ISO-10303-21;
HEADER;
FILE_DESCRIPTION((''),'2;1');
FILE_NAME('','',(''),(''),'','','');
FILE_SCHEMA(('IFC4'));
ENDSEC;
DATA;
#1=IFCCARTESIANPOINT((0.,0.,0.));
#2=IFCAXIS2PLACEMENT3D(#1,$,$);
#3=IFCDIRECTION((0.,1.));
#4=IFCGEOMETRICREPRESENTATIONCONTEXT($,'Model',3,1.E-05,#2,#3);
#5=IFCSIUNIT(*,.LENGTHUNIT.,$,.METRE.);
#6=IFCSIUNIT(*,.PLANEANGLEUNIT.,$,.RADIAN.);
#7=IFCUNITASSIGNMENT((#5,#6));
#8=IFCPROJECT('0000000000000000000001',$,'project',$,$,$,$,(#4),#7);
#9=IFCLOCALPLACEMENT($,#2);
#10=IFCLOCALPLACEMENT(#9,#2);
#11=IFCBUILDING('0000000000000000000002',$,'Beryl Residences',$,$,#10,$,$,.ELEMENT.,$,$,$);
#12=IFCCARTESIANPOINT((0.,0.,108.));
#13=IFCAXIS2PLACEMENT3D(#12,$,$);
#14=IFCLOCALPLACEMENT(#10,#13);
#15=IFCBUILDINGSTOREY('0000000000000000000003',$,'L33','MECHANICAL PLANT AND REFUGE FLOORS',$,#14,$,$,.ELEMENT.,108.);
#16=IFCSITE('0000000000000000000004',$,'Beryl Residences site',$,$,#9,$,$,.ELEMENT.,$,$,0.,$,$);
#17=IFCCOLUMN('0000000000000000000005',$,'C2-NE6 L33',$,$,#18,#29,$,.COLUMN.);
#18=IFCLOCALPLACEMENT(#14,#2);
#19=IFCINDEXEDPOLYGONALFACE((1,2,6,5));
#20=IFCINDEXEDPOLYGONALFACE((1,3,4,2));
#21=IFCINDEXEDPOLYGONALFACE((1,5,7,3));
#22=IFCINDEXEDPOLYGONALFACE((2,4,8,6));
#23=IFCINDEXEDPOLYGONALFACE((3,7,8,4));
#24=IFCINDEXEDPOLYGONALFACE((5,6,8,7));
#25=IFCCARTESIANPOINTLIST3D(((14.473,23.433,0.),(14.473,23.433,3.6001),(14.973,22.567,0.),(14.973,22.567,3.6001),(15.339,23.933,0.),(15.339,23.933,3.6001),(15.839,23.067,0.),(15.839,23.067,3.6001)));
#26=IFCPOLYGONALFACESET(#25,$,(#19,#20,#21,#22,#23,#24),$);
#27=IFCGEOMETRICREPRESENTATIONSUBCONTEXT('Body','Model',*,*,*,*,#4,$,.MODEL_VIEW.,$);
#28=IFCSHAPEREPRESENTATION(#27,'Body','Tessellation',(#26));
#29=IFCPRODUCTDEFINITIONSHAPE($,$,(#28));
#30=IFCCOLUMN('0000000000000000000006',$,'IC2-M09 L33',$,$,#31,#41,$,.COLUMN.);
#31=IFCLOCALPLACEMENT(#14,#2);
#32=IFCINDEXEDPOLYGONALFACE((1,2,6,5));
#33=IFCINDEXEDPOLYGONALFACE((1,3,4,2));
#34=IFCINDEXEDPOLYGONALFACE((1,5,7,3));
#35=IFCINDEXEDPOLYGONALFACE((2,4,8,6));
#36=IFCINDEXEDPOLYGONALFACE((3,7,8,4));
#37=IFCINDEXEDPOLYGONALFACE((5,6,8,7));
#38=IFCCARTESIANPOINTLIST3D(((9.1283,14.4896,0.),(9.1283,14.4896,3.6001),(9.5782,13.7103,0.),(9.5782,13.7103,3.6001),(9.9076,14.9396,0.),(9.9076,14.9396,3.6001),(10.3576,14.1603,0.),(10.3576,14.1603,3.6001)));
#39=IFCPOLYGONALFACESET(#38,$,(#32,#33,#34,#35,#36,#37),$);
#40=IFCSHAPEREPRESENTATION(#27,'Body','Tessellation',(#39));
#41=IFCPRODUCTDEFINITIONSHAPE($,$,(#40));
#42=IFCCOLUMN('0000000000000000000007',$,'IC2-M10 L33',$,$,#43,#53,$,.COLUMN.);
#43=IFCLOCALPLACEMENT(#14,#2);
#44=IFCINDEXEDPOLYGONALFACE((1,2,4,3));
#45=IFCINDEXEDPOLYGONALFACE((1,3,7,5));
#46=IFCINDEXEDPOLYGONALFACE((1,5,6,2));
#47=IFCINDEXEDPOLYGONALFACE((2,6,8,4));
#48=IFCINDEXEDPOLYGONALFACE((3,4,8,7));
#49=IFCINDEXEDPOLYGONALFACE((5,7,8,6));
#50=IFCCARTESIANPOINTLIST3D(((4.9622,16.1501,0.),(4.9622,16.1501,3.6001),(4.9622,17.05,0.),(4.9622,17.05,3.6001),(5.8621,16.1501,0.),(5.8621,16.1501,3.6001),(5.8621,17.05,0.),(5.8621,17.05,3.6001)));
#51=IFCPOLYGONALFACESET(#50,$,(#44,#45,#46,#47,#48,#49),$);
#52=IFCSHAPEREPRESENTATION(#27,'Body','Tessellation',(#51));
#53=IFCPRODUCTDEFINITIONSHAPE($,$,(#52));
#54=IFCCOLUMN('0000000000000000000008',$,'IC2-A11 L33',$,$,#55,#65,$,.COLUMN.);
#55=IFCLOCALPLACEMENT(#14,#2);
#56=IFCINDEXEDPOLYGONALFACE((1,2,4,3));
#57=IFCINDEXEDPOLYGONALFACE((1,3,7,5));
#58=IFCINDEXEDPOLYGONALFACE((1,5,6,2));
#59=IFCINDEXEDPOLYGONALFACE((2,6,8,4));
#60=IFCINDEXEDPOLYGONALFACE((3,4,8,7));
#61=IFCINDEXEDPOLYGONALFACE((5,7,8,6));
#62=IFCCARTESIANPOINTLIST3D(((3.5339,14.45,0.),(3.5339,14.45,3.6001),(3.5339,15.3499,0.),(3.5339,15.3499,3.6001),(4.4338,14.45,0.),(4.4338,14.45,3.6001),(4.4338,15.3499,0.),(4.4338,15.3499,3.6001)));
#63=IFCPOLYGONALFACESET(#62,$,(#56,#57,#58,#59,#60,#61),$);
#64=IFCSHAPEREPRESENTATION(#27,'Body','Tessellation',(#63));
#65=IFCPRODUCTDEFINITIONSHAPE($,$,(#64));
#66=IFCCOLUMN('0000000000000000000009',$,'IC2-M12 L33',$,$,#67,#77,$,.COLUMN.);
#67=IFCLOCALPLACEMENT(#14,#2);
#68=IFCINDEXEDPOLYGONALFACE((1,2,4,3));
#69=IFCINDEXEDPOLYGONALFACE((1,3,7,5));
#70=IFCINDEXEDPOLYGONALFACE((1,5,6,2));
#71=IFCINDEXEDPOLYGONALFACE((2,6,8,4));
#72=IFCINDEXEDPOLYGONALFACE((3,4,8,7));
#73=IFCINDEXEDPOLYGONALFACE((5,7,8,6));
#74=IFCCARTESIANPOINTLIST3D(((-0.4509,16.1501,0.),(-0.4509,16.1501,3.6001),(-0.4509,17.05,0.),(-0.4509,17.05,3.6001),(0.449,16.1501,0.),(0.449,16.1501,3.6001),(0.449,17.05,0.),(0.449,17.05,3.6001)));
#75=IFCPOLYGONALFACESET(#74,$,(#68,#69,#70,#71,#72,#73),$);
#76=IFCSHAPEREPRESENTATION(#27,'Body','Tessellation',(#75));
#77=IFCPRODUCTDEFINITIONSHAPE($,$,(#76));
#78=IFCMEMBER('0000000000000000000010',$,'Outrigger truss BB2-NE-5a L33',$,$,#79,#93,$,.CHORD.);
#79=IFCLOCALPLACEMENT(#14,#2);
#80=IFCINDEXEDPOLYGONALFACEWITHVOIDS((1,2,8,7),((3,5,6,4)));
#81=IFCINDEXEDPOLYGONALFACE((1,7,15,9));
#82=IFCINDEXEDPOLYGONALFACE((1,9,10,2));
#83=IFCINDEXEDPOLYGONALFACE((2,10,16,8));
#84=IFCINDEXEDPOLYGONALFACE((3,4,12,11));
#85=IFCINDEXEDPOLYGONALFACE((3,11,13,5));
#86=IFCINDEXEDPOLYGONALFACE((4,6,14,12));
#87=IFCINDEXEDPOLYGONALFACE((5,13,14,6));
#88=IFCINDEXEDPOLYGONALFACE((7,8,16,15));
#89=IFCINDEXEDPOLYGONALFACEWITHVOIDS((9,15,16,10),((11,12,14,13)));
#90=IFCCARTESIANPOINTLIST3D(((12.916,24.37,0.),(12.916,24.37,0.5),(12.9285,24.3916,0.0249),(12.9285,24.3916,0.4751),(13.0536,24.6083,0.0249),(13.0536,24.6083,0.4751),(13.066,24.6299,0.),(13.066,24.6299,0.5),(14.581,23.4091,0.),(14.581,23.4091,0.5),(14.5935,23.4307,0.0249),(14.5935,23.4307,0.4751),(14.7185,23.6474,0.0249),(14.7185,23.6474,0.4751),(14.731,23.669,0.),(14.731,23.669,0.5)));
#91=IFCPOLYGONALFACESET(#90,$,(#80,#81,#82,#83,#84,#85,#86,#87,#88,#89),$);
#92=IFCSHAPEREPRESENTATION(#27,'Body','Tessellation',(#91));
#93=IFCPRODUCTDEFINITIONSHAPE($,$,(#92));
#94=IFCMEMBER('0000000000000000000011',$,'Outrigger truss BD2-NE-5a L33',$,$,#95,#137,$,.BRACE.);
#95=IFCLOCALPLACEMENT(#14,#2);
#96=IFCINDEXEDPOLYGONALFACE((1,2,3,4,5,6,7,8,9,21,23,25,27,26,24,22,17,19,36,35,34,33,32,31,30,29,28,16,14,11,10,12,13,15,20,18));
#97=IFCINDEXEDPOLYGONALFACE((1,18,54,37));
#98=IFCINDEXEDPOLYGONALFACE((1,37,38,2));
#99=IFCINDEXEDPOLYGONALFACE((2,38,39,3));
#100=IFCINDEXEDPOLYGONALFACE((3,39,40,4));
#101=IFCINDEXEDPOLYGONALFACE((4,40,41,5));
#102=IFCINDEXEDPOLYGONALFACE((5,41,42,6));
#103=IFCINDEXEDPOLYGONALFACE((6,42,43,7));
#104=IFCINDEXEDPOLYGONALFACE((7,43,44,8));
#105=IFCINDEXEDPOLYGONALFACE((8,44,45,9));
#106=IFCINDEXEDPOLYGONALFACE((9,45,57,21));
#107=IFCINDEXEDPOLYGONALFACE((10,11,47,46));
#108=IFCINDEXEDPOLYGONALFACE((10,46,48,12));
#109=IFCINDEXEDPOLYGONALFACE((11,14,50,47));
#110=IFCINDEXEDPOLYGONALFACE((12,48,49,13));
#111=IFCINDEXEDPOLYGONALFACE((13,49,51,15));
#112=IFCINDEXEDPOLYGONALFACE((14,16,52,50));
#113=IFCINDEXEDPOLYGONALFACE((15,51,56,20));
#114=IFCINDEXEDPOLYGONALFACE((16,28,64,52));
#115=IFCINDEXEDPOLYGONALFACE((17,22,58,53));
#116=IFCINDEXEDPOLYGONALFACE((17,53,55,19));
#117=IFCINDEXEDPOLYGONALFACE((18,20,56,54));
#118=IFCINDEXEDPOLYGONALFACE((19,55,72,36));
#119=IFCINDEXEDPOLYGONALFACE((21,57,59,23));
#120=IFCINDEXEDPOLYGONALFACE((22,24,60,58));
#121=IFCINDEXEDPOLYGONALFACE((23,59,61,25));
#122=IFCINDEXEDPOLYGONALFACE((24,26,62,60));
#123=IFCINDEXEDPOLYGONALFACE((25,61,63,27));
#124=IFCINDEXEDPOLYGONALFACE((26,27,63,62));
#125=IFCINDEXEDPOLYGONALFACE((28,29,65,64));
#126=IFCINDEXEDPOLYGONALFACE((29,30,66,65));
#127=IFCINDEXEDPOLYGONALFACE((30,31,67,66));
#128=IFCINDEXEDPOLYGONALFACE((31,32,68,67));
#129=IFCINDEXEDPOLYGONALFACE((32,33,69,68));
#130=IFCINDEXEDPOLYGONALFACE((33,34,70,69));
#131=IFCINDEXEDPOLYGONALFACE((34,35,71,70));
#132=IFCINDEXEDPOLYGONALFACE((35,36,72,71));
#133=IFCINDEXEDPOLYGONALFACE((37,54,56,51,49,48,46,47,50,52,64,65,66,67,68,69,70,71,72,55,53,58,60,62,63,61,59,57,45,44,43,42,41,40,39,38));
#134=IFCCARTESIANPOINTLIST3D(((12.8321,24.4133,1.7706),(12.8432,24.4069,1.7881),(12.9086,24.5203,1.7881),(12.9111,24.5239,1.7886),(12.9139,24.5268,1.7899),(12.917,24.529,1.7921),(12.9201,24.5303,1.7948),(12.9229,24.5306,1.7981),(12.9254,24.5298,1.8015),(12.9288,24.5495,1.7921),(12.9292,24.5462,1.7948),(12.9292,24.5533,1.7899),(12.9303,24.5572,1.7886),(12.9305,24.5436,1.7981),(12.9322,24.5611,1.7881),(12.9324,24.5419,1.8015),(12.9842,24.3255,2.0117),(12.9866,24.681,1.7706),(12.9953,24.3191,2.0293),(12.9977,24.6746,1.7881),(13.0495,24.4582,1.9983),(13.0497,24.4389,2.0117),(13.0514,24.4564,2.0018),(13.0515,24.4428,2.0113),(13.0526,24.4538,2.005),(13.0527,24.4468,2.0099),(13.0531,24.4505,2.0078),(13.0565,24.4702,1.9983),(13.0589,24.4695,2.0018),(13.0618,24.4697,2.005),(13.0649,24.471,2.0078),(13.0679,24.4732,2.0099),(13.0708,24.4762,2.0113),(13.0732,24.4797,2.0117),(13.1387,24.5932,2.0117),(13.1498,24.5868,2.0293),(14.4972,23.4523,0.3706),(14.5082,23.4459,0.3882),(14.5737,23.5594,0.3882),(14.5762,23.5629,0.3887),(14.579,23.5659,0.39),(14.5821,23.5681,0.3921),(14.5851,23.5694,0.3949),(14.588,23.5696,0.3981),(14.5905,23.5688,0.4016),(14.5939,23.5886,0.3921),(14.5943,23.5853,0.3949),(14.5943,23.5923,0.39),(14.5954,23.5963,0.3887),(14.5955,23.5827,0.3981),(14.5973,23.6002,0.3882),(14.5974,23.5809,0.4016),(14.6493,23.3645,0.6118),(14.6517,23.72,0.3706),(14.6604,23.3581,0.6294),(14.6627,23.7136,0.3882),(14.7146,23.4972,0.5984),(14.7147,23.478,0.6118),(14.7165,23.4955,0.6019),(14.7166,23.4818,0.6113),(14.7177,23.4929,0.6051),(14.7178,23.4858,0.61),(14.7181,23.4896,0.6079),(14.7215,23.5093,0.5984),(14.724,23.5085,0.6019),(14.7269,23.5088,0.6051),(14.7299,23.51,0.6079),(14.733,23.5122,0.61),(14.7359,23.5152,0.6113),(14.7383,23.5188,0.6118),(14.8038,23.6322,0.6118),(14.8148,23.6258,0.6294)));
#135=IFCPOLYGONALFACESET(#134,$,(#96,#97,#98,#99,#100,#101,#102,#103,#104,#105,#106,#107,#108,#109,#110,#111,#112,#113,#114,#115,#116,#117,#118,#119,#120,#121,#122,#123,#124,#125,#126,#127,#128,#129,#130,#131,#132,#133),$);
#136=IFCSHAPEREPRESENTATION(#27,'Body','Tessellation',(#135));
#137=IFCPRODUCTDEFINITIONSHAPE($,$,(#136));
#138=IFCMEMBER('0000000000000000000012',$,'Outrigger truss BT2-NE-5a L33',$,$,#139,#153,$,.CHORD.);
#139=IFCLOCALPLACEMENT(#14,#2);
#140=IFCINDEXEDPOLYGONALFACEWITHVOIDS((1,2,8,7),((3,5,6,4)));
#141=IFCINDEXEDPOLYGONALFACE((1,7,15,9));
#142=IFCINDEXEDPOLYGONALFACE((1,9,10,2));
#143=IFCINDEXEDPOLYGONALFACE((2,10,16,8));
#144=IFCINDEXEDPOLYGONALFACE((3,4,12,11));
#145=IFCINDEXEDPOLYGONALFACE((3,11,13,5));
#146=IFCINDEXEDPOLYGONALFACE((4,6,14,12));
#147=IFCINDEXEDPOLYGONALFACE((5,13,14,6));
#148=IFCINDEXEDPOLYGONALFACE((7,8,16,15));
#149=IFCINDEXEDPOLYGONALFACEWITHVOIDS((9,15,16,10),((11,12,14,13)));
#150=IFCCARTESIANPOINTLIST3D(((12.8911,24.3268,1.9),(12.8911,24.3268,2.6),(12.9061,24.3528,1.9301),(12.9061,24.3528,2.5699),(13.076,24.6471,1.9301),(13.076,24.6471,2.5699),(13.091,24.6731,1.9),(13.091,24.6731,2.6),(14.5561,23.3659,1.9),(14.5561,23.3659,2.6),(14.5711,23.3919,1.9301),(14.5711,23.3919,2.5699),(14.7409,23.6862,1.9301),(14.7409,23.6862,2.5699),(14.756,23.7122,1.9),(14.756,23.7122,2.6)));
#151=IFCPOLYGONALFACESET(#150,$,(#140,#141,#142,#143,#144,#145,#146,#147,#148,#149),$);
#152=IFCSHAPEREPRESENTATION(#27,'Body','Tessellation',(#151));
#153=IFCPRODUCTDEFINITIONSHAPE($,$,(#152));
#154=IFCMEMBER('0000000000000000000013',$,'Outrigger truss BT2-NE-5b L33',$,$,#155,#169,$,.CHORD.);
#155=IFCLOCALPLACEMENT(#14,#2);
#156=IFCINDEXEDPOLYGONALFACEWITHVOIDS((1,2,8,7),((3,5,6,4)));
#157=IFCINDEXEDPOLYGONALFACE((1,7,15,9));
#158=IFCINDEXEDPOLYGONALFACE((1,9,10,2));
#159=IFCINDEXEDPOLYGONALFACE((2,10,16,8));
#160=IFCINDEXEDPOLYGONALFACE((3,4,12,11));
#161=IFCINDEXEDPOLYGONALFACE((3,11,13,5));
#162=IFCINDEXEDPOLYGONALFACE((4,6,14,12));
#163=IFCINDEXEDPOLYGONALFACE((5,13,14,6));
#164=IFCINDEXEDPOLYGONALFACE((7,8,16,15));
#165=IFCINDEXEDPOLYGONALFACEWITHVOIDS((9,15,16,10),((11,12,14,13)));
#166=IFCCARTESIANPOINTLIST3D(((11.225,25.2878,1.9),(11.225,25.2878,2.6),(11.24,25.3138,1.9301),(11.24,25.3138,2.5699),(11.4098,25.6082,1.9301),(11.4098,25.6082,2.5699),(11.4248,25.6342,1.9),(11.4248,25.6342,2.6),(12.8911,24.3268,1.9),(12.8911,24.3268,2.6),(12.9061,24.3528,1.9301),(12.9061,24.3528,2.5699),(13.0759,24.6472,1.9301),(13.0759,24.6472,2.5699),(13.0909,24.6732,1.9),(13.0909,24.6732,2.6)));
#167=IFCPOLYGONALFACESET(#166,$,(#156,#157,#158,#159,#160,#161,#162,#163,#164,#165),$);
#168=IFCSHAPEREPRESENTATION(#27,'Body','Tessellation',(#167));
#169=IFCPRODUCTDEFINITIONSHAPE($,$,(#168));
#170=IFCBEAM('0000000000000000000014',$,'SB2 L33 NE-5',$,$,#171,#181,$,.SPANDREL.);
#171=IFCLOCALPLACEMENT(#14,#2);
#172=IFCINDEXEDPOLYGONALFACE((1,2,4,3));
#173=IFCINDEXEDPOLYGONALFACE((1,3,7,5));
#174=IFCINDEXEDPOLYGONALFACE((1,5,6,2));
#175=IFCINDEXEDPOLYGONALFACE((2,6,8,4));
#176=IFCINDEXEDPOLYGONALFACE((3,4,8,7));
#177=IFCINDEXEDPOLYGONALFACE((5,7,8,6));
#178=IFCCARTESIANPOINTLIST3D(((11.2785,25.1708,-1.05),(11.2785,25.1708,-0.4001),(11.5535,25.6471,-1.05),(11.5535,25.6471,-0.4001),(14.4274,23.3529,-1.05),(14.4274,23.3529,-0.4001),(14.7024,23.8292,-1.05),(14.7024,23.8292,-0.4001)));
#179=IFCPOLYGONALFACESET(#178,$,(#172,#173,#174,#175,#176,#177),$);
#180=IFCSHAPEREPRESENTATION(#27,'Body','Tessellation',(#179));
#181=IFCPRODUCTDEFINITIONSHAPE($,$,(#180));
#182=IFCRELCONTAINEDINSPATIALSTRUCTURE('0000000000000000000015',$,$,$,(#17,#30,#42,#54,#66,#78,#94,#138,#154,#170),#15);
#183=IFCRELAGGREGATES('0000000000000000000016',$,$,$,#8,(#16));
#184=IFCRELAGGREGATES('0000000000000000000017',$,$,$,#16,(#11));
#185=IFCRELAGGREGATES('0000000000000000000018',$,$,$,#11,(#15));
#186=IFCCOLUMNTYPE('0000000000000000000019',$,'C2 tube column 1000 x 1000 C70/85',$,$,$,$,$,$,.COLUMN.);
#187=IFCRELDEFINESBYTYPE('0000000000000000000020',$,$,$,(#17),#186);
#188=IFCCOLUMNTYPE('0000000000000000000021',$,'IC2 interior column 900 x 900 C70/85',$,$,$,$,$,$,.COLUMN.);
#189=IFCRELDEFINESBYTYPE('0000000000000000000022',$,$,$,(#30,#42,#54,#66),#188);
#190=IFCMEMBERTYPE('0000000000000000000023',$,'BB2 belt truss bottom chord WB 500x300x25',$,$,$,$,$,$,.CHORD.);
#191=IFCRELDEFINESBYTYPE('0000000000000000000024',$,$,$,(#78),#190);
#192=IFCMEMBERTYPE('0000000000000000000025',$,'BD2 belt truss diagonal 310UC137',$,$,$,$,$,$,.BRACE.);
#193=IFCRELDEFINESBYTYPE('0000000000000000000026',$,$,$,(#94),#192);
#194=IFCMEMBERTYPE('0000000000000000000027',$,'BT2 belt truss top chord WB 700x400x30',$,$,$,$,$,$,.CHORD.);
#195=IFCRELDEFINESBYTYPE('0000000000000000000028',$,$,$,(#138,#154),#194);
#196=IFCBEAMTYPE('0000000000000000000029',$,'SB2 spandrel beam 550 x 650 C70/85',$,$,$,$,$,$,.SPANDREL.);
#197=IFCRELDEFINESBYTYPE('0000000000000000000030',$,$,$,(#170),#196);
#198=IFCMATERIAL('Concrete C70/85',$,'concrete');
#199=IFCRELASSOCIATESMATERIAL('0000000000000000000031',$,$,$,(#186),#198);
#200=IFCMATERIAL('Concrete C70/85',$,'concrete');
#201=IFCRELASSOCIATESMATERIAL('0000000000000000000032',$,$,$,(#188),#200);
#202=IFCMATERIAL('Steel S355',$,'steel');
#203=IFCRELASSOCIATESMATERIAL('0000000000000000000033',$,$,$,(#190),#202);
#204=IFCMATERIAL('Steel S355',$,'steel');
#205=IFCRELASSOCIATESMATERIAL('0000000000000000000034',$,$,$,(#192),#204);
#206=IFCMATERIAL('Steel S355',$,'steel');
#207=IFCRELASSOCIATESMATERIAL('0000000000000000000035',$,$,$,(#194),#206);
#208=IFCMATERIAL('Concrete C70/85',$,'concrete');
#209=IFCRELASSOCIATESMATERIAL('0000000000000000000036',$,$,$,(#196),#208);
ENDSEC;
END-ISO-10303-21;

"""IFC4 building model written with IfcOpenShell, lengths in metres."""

from ifc_helpers import new_model, si_unit, direction, frame, origin, origin_2d, place, context, subcontext, project, spatial, rectangle, hollow_rectangle, i_section, extrude, material, material_profile, profile_set, type_object, element, save


model = new_model("IFC4")

# Units and contexts
model_context = context("Model", 3, precision=1e-05, world=origin(), true_north=direction((0.0, 1.0)))
body_context = subcontext(model_context, "Body", "Model", "MODEL_VIEW")
ifc_project = project(units=[si_unit("LENGTHUNIT", "METRE"), si_unit("PLANEANGLEUNIT", "RADIAN")], contexts=[model_context])

# Site, building, storey
site_placement = place(None, origin())
site = spatial("IfcSite", under=ifc_project, at=site_placement, Name="Beryl Residences site", CompositionType="ELEMENT", RefElevation=0.0)
building_placement = place(site_placement, origin())
building = spatial("IfcBuilding", under=site, at=building_placement, Name="Beryl Residences", CompositionType="ELEMENT")
storey_placement = place(building_placement, frame((0.0, 0.0, 108.0)))
storey = spatial("IfcBuildingStorey", under=building, at=storey_placement, Name="L33", Description="MECHANICAL PLANT AND REFUGE FLOORS", CompositionType="ELEMENT", Elevation=108.0)

# Columns
ifc_material_1 = material(Name="Concrete C70/85", Category="concrete")
ifc_material_profile_1 = material_profile(ifc_material_1, rectangle(XDim=1.0, YDim=1.0, at=origin_2d()))
ifc_profile_set_1 = profile_set([ifc_material_profile_1], Name="Concrete C70/85")
column_type_1 = type_object("IfcColumnType", Name="C2 tube column 1000 x 1000 C70/85", PredefinedType="COLUMN", material=ifc_profile_set_1)
column_placement = place(storey_placement, frame((15.156, 23.25, 0.0), z_axis=(0.0, 0.0, 1.0), x_axis=(-0.5, 0.866025, 0.0)))
element("IfcColumn", 1, at=column_placement, inside=storey, type_object=column_type_1, Name="C2-NE6 L33", PredefinedType="COLUMN", context=body_context, shape_type="SweptSolid", body=[
    extrude(rectangle(XDim=1.0, YDim=1.0, at=origin_2d()), origin(), (0.0, 0.0, 1.0), 3.6001),
])
ifc_material_2 = material(Name="Concrete C70/85", Category="concrete")
ifc_material_profile_2 = material_profile(ifc_material_2, rectangle(XDim=0.8999, YDim=0.8999, at=origin_2d()))
ifc_profile_set_2 = profile_set([ifc_material_profile_2], Name="Concrete C70/85")
column_type_2 = type_object("IfcColumnType", Name="IC2 interior column 900 x 900 C70/85", PredefinedType="COLUMN", material=ifc_profile_set_2)
for number, where, z_axis, x_axis, name in (
    (2, (9.7429, 14.325, 0.0), (0.0, 0.0, 1.0), (-0.5, 0.866025, 0.0), "IC2-M09 L33"),
    (3, (5.4121, 16.6001, 0.0), (0.0, 0.0, 1.0), (-1.0, 0.0, 0.0), "IC2-M10 L33"),
    (4, (3.9839, 14.8999, 0.0), (0.0, 0.0, 1.0), (1.0, 0.0, 0.0), "IC2-A11 L33"),
    (5, (-0.001, 16.6001, 0.0), (0.0, 0.0, 1.0), (-1.0, 0.0, 0.0), "IC2-M12 L33"),
):
    element("IfcColumn", number, at=place(storey_placement, frame(where, z_axis=z_axis, x_axis=x_axis)), inside=storey, type_object=column_type_2, Name=name, PredefinedType="COLUMN", context=body_context, shape_type="SweptSolid", body=[
        extrude(rectangle(XDim=0.8999, YDim=0.8999, at=origin_2d()), origin(), (0.0, 0.0, 1.0), 3.6001),
    ])

# Members
ifc_material_3 = material(Name="Steel S355", Category="steel")
ifc_material_profile_3 = material_profile(ifc_material_3, hollow_rectangle(XDim=0.3, YDim=0.5, WallThickness=0.0249, at=origin_2d()))
ifc_profile_set_3 = profile_set([ifc_material_profile_3], Name="Steel S355")
member_type_1 = type_object("IfcMemberType", Name="BB2 belt truss bottom chord WB 500x300x25", PredefinedType="CHORD", material=ifc_profile_set_3)
member_1_placement = place(storey_placement, frame((14.656, 23.5391, 0.25), z_axis=(-0.866109, 0.499854, 0.0), x_axis=(-0.499854, -0.866109, 0.0)))
element("IfcMember", 6, at=member_1_placement, inside=storey, type_object=member_type_1, Name="Outrigger truss BB2-NE-5a L33", PredefinedType="CHORD", context=body_context, shape_type="SweptSolid", body=[
    extrude(hollow_rectangle(XDim=0.3, YDim=0.5, WallThickness=0.0249, at=origin_2d()), origin(), (0.0, 0.0, 1.0), 1.9224),
])
ifc_material_4 = material(Name="Steel S355", Category="steel")
ifc_material_profile_4 = material_profile(ifc_material_4, i_section(OverallWidth=0.3091, OverallDepth=0.3201, WebThickness=0.0139, FlangeThickness=0.0217, FilletRadius=0.0166, at=origin_2d()))
ifc_profile_set_4 = profile_set([ifc_material_profile_4], Name="Steel S355")
member_type_2 = type_object("IfcMemberType", Name="BD2 belt truss diagonal 310UC137", PredefinedType="BRACE", material=ifc_profile_set_4)
member_2_placement = place(storey_placement, frame((14.656, 23.5391, 0.5), z_axis=(-0.700148, 0.404073, 0.588658), x_axis=(-0.499854, -0.866109, 0.0)))
element("IfcMember", 7, at=member_2_placement, inside=storey, type_object=member_type_2, Name="Outrigger truss BD2-NE-5a L33", PredefinedType="BRACE", context=body_context, shape_type="SweptSolid", body=[
    extrude(i_section(OverallWidth=0.3091, OverallDepth=0.3201, WebThickness=0.0139, FlangeThickness=0.0217, FilletRadius=0.0166, at=origin_2d()), origin(), (0.0, 0.0, 1.0), 2.3782),
])
ifc_material_5 = material(Name="Steel S355", Category="steel")
ifc_material_profile_5 = material_profile(ifc_material_5, hollow_rectangle(XDim=0.3999, YDim=0.7, WallThickness=0.03, at=origin_2d()))
ifc_profile_set_5 = profile_set([ifc_material_profile_5], Name="Steel S355")
member_type_3 = type_object("IfcMemberType", Name="BT2 belt truss top chord WB 700x400x30", PredefinedType="CHORD", material=ifc_profile_set_5)
member_3_placement = place(storey_placement, frame((14.656, 23.5391, 2.25), z_axis=(-0.866109, 0.499854, 0.0), x_axis=(-0.499854, -0.866109, 0.0)))
element("IfcMember", 8, at=member_3_placement, inside=storey, type_object=member_type_3, Name="Outrigger truss BT2-NE-5a L33", PredefinedType="CHORD", context=body_context, shape_type="SweptSolid", body=[
    extrude(hollow_rectangle(XDim=0.3999, YDim=0.7, WallThickness=0.03, at=origin_2d()), origin(), (0.0, 0.0, 1.0), 1.9224),
])
member_4_placement = place(storey_placement, frame((12.991, 24.5, 2.25), z_axis=(-0.866236, 0.499635, 0.0), x_axis=(-0.499635, -0.866236, 0.0)))
element("IfcMember", 9, at=member_4_placement, inside=storey, type_object=member_type_3, Name="Outrigger truss BT2-NE-5b L33", PredefinedType="CHORD", context=body_context, shape_type="SweptSolid", body=[
    extrude(hollow_rectangle(XDim=0.3999, YDim=0.7, WallThickness=0.03, at=origin_2d()), origin(), (0.0, 0.0, 1.0), 1.9233),
])

# Beam
ifc_material_6 = material(Name="Concrete C70/85", Category="concrete")
ifc_material_profile_6 = material_profile(ifc_material_6, rectangle(XDim=0.55, YDim=0.6499, at=origin_2d()))
ifc_profile_set_6 = profile_set([ifc_material_profile_6], Name="Concrete C70/85")
beam_type = type_object("IfcBeamType", Name="SB2 spandrel beam 550 x 650 C70/85", PredefinedType="SPANDREL", material=ifc_profile_set_6)
beam_placement = place(storey_placement, frame((14.5649, 23.5911, -0.7251), z_axis=(-0.866045, 0.499967, 0.0), x_axis=(-0.499967, -0.866045, 0.0)))
element("IfcBeam", 10, at=beam_placement, inside=storey, type_object=beam_type, Name="SB2 L33 NE-5", PredefinedType="SPANDREL", context=body_context, shape_type="SweptSolid", body=[
    extrude(rectangle(XDim=0.55, YDim=0.6499, at=origin_2d()), origin(), (0.0, 0.0, 1.0), 3.636),
])

save(model, "model.ifc")
